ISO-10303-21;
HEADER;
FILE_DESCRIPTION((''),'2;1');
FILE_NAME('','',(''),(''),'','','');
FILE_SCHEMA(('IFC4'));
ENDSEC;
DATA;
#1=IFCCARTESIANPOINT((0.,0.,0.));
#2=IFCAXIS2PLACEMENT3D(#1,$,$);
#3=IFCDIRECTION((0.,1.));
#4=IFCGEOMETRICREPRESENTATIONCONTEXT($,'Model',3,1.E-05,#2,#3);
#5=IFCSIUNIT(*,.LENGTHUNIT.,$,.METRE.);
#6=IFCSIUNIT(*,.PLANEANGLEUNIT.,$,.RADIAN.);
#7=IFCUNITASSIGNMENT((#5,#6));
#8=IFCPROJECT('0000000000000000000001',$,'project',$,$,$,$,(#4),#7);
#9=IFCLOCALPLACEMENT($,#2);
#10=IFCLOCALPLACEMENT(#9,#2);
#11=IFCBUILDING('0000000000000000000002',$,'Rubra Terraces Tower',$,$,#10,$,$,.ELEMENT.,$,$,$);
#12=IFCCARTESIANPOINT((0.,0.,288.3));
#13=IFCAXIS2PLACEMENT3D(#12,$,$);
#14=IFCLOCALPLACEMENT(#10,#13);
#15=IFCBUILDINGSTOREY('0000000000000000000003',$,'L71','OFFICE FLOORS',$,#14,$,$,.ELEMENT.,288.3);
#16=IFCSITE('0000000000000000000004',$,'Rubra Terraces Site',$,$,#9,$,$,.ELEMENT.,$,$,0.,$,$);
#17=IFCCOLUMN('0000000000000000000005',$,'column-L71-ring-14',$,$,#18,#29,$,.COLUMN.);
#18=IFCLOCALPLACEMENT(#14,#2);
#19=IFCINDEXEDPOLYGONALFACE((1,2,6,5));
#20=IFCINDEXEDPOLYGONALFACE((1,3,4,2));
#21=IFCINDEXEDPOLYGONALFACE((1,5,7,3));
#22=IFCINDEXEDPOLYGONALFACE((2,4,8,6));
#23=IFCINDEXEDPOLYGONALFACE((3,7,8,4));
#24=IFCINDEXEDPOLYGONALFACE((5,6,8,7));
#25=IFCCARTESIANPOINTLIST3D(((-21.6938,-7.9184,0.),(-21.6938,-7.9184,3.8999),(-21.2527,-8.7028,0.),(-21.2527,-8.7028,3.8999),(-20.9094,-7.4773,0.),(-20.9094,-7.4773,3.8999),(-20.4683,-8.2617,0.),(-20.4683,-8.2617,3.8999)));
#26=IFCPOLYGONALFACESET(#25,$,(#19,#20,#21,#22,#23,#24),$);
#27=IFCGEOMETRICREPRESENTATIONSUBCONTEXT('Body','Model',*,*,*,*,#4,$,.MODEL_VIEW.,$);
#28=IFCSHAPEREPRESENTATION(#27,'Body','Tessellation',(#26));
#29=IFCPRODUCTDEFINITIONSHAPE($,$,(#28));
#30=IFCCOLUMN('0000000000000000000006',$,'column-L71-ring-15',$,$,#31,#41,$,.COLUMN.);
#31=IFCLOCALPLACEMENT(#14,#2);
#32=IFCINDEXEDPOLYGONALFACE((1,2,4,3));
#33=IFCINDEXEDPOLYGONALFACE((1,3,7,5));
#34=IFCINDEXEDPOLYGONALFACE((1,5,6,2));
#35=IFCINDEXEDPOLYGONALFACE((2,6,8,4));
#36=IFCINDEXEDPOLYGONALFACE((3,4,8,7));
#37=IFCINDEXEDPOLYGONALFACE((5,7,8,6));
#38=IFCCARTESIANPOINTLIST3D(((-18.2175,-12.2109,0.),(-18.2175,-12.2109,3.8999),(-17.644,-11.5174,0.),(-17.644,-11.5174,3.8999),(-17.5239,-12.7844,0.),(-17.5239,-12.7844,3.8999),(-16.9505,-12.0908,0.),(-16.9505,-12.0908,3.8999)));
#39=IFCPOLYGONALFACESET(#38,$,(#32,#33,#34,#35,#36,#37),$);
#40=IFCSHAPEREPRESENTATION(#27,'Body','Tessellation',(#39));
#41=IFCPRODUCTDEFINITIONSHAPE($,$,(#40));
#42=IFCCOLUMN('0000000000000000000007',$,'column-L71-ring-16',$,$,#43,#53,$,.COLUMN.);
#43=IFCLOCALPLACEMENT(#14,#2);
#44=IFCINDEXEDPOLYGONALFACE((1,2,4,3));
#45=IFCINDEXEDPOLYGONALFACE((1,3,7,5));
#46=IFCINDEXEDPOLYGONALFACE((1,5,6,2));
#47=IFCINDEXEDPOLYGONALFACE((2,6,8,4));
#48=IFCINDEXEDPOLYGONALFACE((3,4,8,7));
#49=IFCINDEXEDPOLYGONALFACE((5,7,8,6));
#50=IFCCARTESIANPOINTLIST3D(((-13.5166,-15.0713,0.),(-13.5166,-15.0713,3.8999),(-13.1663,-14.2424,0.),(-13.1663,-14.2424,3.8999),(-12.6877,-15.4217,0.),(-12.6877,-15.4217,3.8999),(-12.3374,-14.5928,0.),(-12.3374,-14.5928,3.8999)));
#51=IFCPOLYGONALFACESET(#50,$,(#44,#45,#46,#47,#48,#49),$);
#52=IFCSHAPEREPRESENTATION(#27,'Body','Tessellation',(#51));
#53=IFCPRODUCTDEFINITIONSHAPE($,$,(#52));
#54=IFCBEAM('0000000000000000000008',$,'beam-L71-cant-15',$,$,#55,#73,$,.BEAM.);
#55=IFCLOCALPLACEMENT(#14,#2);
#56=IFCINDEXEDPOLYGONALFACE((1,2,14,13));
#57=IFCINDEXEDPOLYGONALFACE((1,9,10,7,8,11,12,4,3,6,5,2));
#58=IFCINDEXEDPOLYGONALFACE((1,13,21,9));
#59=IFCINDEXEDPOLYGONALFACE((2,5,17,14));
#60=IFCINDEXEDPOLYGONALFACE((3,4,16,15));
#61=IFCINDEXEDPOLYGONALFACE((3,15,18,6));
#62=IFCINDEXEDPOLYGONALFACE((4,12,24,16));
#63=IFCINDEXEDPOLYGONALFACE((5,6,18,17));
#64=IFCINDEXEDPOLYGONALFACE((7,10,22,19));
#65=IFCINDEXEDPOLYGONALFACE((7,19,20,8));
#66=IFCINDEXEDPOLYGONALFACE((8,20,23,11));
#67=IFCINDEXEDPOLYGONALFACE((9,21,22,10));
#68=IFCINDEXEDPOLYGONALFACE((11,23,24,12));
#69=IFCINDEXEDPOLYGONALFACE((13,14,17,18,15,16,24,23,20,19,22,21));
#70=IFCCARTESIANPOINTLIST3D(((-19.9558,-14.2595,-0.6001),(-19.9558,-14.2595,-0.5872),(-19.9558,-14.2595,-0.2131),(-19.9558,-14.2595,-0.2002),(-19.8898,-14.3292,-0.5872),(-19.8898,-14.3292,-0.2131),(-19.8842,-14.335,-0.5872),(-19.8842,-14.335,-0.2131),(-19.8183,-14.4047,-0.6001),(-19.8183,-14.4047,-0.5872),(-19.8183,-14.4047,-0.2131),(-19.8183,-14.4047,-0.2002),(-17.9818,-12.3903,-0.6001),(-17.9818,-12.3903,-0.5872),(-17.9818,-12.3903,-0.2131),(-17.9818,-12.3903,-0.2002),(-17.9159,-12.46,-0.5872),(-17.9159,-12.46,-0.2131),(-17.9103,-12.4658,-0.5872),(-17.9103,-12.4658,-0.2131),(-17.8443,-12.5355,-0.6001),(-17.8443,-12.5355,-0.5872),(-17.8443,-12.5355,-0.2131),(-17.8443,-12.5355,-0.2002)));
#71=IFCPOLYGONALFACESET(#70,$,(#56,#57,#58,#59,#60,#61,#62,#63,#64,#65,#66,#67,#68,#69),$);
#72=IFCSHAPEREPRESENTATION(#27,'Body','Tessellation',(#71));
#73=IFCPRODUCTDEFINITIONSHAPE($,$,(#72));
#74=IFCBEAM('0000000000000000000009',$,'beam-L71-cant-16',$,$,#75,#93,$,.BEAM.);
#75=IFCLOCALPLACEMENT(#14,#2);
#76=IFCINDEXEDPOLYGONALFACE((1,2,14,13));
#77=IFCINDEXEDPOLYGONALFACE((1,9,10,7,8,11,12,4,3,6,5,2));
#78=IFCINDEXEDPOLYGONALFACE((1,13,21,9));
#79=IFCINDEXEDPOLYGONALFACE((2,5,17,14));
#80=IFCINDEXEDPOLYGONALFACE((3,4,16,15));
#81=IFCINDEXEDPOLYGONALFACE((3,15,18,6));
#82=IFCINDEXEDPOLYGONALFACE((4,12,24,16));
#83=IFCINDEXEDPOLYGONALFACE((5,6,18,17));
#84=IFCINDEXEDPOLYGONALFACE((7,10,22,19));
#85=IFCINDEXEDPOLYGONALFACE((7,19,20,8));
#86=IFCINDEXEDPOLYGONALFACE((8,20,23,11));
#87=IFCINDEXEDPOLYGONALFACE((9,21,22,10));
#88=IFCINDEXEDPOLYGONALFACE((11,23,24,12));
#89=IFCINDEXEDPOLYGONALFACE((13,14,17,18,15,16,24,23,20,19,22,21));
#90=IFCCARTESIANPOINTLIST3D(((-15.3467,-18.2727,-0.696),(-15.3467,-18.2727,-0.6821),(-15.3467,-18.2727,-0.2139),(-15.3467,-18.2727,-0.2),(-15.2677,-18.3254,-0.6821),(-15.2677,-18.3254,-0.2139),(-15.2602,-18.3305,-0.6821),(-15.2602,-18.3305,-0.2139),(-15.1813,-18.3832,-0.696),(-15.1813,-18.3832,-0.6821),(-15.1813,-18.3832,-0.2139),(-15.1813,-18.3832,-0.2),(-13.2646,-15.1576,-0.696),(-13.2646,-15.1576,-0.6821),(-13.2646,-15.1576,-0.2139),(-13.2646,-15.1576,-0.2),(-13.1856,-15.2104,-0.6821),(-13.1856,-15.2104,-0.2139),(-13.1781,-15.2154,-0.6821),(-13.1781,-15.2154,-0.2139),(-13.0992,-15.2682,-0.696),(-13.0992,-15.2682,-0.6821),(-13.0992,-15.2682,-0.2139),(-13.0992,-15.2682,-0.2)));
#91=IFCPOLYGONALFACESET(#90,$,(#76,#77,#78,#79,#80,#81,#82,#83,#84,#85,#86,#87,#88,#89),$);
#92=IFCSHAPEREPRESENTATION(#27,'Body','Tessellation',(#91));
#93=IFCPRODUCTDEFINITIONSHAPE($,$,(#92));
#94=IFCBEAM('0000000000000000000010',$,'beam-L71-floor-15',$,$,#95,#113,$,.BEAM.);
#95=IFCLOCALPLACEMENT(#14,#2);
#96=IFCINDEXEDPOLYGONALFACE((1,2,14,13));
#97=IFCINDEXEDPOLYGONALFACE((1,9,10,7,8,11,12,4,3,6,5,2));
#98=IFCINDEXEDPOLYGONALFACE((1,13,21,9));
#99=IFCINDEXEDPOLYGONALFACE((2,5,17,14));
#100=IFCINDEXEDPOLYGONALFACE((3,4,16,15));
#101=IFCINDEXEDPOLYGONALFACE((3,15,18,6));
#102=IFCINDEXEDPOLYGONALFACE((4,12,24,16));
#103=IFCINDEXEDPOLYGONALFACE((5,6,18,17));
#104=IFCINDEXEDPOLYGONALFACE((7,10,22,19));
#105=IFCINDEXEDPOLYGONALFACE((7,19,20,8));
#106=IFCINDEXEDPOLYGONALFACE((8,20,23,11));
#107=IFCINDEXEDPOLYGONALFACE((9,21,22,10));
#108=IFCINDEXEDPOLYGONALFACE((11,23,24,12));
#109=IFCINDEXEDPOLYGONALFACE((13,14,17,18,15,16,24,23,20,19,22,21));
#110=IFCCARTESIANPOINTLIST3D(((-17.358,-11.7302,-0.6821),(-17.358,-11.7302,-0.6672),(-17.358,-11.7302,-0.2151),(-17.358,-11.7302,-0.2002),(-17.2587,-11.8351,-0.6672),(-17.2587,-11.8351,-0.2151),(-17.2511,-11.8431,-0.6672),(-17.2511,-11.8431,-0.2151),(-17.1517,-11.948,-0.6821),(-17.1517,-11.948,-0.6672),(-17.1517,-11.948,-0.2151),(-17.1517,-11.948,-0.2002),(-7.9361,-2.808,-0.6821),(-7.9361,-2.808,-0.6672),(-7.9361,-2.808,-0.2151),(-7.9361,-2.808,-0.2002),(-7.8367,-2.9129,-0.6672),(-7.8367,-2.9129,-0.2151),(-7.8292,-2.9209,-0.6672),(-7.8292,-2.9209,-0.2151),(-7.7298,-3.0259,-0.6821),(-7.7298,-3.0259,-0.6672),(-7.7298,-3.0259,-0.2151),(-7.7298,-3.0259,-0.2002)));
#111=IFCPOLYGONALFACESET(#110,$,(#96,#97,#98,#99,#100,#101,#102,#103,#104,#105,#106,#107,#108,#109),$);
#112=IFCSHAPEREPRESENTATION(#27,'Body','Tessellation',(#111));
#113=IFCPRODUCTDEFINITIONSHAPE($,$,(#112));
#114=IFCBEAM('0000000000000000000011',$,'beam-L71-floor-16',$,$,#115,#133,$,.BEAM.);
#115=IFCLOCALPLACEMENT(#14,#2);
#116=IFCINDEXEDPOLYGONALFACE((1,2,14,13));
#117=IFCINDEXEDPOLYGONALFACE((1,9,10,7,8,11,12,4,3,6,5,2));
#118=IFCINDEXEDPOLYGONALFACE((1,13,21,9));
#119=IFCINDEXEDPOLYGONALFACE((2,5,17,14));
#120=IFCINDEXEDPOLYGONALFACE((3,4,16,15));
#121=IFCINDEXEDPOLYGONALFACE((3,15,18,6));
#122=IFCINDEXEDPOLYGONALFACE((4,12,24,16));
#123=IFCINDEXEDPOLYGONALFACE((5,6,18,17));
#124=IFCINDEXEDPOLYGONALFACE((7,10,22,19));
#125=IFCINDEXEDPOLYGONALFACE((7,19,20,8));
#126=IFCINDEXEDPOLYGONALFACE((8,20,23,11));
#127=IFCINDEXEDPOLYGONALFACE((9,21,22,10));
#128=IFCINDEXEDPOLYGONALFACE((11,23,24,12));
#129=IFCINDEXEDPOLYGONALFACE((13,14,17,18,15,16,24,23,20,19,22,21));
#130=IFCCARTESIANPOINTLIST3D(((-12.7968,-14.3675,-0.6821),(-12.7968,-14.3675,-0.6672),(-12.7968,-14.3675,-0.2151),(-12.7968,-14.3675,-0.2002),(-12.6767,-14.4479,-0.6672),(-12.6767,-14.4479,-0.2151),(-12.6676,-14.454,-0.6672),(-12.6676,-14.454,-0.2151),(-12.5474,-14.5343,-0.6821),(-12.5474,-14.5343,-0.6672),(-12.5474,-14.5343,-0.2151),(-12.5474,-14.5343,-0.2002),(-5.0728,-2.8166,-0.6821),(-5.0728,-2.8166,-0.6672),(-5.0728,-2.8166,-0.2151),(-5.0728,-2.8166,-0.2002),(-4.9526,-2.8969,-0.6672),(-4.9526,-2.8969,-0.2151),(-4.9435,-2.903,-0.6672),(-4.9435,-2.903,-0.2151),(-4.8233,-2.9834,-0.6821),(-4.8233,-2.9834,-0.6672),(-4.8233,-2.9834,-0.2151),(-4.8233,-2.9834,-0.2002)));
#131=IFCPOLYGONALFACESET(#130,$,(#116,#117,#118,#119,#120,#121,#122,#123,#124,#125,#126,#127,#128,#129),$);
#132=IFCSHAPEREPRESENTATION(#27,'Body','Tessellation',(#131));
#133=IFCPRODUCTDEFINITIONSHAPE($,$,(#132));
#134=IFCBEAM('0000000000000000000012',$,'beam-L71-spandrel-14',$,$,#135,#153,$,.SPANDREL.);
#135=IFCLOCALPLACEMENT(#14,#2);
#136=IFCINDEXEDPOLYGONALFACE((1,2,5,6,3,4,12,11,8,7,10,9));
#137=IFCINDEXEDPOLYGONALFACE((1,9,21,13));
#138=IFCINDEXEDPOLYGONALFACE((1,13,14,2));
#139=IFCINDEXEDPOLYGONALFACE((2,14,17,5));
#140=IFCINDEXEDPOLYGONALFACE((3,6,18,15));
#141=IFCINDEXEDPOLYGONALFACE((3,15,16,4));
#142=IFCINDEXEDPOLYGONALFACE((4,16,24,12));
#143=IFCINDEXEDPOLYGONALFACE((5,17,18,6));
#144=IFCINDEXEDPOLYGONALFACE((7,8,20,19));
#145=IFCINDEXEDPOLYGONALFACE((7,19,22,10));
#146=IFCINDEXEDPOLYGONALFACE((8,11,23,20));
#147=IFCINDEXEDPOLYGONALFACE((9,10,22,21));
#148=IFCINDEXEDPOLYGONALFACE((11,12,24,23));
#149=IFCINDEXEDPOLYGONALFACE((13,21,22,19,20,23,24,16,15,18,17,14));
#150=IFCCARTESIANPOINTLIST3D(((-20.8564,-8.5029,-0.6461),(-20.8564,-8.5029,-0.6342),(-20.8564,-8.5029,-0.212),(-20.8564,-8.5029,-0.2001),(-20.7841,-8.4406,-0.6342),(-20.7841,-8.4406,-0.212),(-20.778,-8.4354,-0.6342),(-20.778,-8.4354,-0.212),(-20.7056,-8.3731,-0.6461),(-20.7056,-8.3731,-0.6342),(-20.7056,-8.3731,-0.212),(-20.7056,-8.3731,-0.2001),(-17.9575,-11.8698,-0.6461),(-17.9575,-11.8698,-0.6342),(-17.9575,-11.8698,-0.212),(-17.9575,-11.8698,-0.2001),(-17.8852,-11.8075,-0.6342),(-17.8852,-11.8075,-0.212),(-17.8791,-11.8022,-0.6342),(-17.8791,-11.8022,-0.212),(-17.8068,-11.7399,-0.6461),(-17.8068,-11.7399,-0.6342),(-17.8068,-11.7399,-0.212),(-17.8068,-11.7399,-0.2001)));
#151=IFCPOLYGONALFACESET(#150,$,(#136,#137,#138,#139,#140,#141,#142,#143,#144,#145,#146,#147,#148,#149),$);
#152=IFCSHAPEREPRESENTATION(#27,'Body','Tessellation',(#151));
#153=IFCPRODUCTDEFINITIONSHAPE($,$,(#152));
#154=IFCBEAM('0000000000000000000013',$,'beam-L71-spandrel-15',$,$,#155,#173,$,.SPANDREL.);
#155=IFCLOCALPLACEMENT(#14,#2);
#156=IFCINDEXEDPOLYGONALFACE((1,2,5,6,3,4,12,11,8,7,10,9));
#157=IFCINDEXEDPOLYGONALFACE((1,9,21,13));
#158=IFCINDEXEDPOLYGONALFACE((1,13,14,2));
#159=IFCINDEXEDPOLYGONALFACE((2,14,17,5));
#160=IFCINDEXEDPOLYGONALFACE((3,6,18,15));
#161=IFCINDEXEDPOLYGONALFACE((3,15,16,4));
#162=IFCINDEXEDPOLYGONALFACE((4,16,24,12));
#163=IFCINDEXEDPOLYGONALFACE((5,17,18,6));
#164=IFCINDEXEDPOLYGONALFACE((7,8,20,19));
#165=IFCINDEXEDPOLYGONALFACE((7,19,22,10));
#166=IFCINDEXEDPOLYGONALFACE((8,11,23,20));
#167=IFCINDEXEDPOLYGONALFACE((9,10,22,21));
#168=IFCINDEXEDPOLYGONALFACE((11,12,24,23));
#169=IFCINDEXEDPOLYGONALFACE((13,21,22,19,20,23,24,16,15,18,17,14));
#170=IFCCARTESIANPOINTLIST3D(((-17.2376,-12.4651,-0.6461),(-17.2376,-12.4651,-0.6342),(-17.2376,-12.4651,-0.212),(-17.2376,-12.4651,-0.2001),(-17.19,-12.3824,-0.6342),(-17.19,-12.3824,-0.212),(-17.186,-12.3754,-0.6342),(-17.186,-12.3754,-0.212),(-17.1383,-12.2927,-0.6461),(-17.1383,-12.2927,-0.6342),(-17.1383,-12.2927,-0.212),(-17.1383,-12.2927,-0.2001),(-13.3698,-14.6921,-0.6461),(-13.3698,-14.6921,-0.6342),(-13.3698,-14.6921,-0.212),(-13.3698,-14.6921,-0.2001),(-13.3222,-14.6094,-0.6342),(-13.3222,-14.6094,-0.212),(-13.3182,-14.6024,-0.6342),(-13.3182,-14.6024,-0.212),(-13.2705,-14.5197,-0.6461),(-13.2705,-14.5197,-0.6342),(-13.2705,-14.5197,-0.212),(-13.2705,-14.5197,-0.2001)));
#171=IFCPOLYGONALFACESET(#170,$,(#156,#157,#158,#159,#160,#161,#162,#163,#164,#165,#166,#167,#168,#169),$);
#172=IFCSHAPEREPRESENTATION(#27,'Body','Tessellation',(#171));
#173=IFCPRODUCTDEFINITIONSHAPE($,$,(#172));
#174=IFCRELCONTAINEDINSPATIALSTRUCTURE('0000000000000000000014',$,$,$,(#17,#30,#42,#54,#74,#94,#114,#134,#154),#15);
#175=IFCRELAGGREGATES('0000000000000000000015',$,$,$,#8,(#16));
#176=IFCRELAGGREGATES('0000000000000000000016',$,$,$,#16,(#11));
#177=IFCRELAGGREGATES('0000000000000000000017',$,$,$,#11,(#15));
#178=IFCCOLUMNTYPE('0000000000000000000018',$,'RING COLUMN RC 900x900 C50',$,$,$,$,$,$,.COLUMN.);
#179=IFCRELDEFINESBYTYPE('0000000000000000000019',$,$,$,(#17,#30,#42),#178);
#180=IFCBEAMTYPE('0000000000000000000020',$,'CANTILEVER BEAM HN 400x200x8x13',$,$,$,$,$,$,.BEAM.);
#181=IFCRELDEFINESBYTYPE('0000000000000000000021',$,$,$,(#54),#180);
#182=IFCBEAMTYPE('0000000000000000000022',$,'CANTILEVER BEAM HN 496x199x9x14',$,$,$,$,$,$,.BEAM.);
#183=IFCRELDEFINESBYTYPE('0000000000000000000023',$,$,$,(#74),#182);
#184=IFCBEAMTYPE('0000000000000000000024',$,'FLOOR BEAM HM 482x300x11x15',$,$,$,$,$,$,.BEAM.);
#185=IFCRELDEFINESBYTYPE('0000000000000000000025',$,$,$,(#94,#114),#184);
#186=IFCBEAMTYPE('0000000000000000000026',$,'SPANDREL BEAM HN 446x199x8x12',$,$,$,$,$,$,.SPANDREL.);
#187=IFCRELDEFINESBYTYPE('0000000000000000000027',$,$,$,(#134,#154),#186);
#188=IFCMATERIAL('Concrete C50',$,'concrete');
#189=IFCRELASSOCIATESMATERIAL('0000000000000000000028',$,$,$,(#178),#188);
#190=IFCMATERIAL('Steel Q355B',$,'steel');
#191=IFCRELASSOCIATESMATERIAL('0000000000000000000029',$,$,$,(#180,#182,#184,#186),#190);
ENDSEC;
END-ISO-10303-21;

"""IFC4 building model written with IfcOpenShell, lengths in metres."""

from ifc_helpers import new_model, si_unit, direction, frame, origin, origin_2d, place, context, subcontext, project, spatial, rectangle, i_section, extrude, material, material_profile, profile_set, type_object, element, save


model = new_model("IFC4")

# Units and contexts
model_context = context("Model", 3, precision=1e-05, world=origin(), true_north=direction((0.0, 1.0)))
body_context = subcontext(model_context, "Body", "Model", "MODEL_VIEW")
ifc_project = project(units=[si_unit("LENGTHUNIT", "METRE"), si_unit("PLANEANGLEUNIT", "RADIAN")], contexts=[model_context])

# Site, building, storey
site_placement = place(None, origin())
site = spatial("IfcSite", under=ifc_project, at=site_placement, Name="Rubra Terraces Site", CompositionType="ELEMENT", RefElevation=0.0)
building_placement = place(site_placement, origin())
building = spatial("IfcBuilding", under=site, at=building_placement, Name="Rubra Terraces Tower", CompositionType="ELEMENT")
storey_placement = place(building_placement, frame((0.0, 0.0, 288.3)))
storey = spatial("IfcBuildingStorey", under=building, at=storey_placement, Name="L71", Description="OFFICE FLOORS", CompositionType="ELEMENT", Elevation=288.3)

# Columns
ifc_material_1 = material(Name="Concrete C50", Category="concrete")
ifc_material_profile_1 = material_profile(ifc_material_1, rectangle(XDim=0.8999, YDim=0.8999, at=origin_2d()), Name="RC 900x900")
ifc_profile_set_1 = profile_set([ifc_material_profile_1], Name="Concrete C50")
column_type = type_object("IfcColumnType", Name="RING COLUMN RC 900x900 C50", PredefinedType="COLUMN", material=ifc_profile_set_1)
for number, where, z_axis, x_axis, name in (
    (1, (-21.0811, -8.0901, 0.0), (0.0, 0.0, 1.0), (0.490162, -0.871631, 0.0), "column-L71-ring-14"),
    (2, (-17.584, -12.1509, 0.0), (0.0, 0.0, 1.0), (0.770679, -0.637223, 0.0), "column-L71-ring-15"),
    (3, (-12.927, -14.832, 0.0), (0.0, 0.0, 1.0), (0.921106, -0.389313, 0.0), "column-L71-ring-16"),
):
    element("IfcColumn", number, at=place(storey_placement, frame(where, z_axis=z_axis, x_axis=x_axis)), inside=storey, type_object=column_type, Name=name, PredefinedType="COLUMN", context=body_context, shape_type="SweptSolid", body=[
        extrude(rectangle(XDim=0.8999, YDim=0.8999, at=origin_2d()), origin(), (0.0, 0.0, 1.0), 3.8999),
    ])

# Beams
ifc_material_2 = material(Name="Steel Q355B", Category="steel")
ifc_material_profile_2 = material_profile(ifc_material_2, i_section(OverallWidth=0.2, OverallDepth=0.3999, WebThickness=0.0081, FlangeThickness=0.0129, at=origin_2d()), Name="HN 400x200x8x13")
ifc_profile_set_2 = profile_set([ifc_material_profile_2], Name="Steel Q355B")
beam_type_1 = type_object("IfcBeamType", Name="CANTILEVER BEAM HN 400x200x8x13", PredefinedType="BEAM", material=ifc_profile_set_2)
beam_1_placement = place(storey_placement, frame((-17.9131, -12.4629, -0.4001), z_axis=(-0.726108, -0.68758, 0.0), x_axis=(0.68758, -0.726108, 0.0)))
element("IfcBeam", 4, at=beam_1_placement, inside=storey, type_object=beam_type_1, Name="beam-L71-cant-15", PredefinedType="BEAM", context=body_context, shape_type="SweptSolid", body=[
    extrude(i_section(OverallWidth=0.2, OverallDepth=0.3999, WebThickness=0.0081, FlangeThickness=0.0129, at=origin_2d()), origin(), (0.0, 0.0, 1.0), 2.7185),
])
ifc_material_profile_3 = material_profile(ifc_material_2, i_section(OverallWidth=0.199, OverallDepth=0.4961, WebThickness=0.009, FlangeThickness=0.0139, at=origin_2d()), Name="HN 496x199x9x14")
ifc_profile_set_3 = profile_set([ifc_material_profile_3], Name="Steel Q355B")
beam_type_2 = type_object("IfcBeamType", Name="CANTILEVER BEAM HN 496x199x9x14", PredefinedType="BEAM", material=ifc_profile_set_3)
beam_2_placement = place(storey_placement, frame((-13.1819, -15.2129, -0.448), z_axis=(-0.555692, -0.831388, 0.0), x_axis=(0.831388, -0.555692, 0.0)))
element("IfcBeam", 5, at=beam_2_placement, inside=storey, type_object=beam_type_2, Name="beam-L71-cant-16", PredefinedType="BEAM", context=body_context, shape_type="SweptSolid", body=[
    extrude(i_section(OverallWidth=0.199, OverallDepth=0.4961, WebThickness=0.009, FlangeThickness=0.0139, at=origin_2d()), origin(), (0.0, 0.0, 1.0), 3.7468),
])
ifc_material_profile_4 = material_profile(ifc_material_2, i_section(OverallWidth=0.3, OverallDepth=0.4819, WebThickness=0.011, FlangeThickness=0.0149, at=origin_2d()), Name="HM 482x300x11x15")
ifc_profile_set_4 = profile_set([ifc_material_profile_4], Name="Steel Q355B")
beam_type_3 = type_object("IfcBeamType", Name="FLOOR BEAM HM 482x300x11x15", PredefinedType="BEAM", material=ifc_profile_set_4)
beam_3_placement = place(storey_placement, frame((-17.2549, -11.8391, -0.4412), z_axis=(0.726101, 0.687588, 0.0), x_axis=(-0.687588, 0.726101, 0.0)))
element("IfcBeam", 6, at=beam_3_placement, inside=storey, type_object=beam_type_3, Name="beam-L71-floor-15", PredefinedType="BEAM", context=body_context, shape_type="SweptSolid", body=[
    extrude(i_section(OverallWidth=0.3, OverallDepth=0.4819, WebThickness=0.011, FlangeThickness=0.0149, at=origin_2d()), origin(), (0.0, 0.0, 1.0), 12.9761),
])
beam_4_placement = place(storey_placement, frame((-12.6721, -14.4509, -0.4412), z_axis=(0.555867, 0.831271, 0.0), x_axis=(-0.831271, 0.555867, 0.0)))
element("IfcBeam", 7, at=beam_4_placement, inside=storey, type_object=beam_type_3, Name="beam-L71-floor-16", PredefinedType="BEAM", context=body_context, shape_type="SweptSolid", body=[
    extrude(i_section(OverallWidth=0.3, OverallDepth=0.4819, WebThickness=0.011, FlangeThickness=0.0149, at=origin_2d()), origin(), (0.0, 0.0, 1.0), 13.8955),
])
ifc_material_profile_5 = material_profile(ifc_material_2, i_section(OverallWidth=0.199, OverallDepth=0.446, WebThickness=0.0081, FlangeThickness=0.012, at=origin_2d()), Name="HN 446x199x8x12")
ifc_profile_set_5 = profile_set([ifc_material_profile_5], Name="Steel Q355B")
beam_type_4 = type_object("IfcBeamType", Name="SPANDREL BEAM HN 446x199x8x12", PredefinedType="SPANDREL", material=ifc_profile_set_5)
beam_5_placement = place(storey_placement, frame((-20.781, -8.438, -0.4231), z_axis=(0.652473, -0.757812, 0.0), x_axis=(0.757812, 0.652473, 0.0)))
element("IfcBeam", 8, at=beam_5_placement, inside=storey, type_object=beam_type_4, Name="beam-L71-spandrel-14", PredefinedType="SPANDREL", context=body_context, shape_type="SweptSolid", body=[
    extrude(i_section(OverallWidth=0.199, OverallDepth=0.446, WebThickness=0.0081, FlangeThickness=0.012, at=origin_2d()), origin(), (0.0, 0.0, 1.0), 4.4429),
])
beam_6_placement = place(storey_placement, frame((-17.188, -12.3789, -0.4231), z_axis=(0.866616, -0.498976, 0.0), x_axis=(0.498976, 0.866616, 0.0)))
element("IfcBeam", 9, at=beam_6_placement, inside=storey, type_object=beam_type_4, Name="beam-L71-spandrel-15", PredefinedType="SPANDREL", context=body_context, shape_type="SweptSolid", body=[
    extrude(i_section(OverallWidth=0.199, OverallDepth=0.446, WebThickness=0.0081, FlangeThickness=0.012, at=origin_2d()), origin(), (0.0, 0.0, 1.0), 4.4631),
])

save(model, "model.ifc")
